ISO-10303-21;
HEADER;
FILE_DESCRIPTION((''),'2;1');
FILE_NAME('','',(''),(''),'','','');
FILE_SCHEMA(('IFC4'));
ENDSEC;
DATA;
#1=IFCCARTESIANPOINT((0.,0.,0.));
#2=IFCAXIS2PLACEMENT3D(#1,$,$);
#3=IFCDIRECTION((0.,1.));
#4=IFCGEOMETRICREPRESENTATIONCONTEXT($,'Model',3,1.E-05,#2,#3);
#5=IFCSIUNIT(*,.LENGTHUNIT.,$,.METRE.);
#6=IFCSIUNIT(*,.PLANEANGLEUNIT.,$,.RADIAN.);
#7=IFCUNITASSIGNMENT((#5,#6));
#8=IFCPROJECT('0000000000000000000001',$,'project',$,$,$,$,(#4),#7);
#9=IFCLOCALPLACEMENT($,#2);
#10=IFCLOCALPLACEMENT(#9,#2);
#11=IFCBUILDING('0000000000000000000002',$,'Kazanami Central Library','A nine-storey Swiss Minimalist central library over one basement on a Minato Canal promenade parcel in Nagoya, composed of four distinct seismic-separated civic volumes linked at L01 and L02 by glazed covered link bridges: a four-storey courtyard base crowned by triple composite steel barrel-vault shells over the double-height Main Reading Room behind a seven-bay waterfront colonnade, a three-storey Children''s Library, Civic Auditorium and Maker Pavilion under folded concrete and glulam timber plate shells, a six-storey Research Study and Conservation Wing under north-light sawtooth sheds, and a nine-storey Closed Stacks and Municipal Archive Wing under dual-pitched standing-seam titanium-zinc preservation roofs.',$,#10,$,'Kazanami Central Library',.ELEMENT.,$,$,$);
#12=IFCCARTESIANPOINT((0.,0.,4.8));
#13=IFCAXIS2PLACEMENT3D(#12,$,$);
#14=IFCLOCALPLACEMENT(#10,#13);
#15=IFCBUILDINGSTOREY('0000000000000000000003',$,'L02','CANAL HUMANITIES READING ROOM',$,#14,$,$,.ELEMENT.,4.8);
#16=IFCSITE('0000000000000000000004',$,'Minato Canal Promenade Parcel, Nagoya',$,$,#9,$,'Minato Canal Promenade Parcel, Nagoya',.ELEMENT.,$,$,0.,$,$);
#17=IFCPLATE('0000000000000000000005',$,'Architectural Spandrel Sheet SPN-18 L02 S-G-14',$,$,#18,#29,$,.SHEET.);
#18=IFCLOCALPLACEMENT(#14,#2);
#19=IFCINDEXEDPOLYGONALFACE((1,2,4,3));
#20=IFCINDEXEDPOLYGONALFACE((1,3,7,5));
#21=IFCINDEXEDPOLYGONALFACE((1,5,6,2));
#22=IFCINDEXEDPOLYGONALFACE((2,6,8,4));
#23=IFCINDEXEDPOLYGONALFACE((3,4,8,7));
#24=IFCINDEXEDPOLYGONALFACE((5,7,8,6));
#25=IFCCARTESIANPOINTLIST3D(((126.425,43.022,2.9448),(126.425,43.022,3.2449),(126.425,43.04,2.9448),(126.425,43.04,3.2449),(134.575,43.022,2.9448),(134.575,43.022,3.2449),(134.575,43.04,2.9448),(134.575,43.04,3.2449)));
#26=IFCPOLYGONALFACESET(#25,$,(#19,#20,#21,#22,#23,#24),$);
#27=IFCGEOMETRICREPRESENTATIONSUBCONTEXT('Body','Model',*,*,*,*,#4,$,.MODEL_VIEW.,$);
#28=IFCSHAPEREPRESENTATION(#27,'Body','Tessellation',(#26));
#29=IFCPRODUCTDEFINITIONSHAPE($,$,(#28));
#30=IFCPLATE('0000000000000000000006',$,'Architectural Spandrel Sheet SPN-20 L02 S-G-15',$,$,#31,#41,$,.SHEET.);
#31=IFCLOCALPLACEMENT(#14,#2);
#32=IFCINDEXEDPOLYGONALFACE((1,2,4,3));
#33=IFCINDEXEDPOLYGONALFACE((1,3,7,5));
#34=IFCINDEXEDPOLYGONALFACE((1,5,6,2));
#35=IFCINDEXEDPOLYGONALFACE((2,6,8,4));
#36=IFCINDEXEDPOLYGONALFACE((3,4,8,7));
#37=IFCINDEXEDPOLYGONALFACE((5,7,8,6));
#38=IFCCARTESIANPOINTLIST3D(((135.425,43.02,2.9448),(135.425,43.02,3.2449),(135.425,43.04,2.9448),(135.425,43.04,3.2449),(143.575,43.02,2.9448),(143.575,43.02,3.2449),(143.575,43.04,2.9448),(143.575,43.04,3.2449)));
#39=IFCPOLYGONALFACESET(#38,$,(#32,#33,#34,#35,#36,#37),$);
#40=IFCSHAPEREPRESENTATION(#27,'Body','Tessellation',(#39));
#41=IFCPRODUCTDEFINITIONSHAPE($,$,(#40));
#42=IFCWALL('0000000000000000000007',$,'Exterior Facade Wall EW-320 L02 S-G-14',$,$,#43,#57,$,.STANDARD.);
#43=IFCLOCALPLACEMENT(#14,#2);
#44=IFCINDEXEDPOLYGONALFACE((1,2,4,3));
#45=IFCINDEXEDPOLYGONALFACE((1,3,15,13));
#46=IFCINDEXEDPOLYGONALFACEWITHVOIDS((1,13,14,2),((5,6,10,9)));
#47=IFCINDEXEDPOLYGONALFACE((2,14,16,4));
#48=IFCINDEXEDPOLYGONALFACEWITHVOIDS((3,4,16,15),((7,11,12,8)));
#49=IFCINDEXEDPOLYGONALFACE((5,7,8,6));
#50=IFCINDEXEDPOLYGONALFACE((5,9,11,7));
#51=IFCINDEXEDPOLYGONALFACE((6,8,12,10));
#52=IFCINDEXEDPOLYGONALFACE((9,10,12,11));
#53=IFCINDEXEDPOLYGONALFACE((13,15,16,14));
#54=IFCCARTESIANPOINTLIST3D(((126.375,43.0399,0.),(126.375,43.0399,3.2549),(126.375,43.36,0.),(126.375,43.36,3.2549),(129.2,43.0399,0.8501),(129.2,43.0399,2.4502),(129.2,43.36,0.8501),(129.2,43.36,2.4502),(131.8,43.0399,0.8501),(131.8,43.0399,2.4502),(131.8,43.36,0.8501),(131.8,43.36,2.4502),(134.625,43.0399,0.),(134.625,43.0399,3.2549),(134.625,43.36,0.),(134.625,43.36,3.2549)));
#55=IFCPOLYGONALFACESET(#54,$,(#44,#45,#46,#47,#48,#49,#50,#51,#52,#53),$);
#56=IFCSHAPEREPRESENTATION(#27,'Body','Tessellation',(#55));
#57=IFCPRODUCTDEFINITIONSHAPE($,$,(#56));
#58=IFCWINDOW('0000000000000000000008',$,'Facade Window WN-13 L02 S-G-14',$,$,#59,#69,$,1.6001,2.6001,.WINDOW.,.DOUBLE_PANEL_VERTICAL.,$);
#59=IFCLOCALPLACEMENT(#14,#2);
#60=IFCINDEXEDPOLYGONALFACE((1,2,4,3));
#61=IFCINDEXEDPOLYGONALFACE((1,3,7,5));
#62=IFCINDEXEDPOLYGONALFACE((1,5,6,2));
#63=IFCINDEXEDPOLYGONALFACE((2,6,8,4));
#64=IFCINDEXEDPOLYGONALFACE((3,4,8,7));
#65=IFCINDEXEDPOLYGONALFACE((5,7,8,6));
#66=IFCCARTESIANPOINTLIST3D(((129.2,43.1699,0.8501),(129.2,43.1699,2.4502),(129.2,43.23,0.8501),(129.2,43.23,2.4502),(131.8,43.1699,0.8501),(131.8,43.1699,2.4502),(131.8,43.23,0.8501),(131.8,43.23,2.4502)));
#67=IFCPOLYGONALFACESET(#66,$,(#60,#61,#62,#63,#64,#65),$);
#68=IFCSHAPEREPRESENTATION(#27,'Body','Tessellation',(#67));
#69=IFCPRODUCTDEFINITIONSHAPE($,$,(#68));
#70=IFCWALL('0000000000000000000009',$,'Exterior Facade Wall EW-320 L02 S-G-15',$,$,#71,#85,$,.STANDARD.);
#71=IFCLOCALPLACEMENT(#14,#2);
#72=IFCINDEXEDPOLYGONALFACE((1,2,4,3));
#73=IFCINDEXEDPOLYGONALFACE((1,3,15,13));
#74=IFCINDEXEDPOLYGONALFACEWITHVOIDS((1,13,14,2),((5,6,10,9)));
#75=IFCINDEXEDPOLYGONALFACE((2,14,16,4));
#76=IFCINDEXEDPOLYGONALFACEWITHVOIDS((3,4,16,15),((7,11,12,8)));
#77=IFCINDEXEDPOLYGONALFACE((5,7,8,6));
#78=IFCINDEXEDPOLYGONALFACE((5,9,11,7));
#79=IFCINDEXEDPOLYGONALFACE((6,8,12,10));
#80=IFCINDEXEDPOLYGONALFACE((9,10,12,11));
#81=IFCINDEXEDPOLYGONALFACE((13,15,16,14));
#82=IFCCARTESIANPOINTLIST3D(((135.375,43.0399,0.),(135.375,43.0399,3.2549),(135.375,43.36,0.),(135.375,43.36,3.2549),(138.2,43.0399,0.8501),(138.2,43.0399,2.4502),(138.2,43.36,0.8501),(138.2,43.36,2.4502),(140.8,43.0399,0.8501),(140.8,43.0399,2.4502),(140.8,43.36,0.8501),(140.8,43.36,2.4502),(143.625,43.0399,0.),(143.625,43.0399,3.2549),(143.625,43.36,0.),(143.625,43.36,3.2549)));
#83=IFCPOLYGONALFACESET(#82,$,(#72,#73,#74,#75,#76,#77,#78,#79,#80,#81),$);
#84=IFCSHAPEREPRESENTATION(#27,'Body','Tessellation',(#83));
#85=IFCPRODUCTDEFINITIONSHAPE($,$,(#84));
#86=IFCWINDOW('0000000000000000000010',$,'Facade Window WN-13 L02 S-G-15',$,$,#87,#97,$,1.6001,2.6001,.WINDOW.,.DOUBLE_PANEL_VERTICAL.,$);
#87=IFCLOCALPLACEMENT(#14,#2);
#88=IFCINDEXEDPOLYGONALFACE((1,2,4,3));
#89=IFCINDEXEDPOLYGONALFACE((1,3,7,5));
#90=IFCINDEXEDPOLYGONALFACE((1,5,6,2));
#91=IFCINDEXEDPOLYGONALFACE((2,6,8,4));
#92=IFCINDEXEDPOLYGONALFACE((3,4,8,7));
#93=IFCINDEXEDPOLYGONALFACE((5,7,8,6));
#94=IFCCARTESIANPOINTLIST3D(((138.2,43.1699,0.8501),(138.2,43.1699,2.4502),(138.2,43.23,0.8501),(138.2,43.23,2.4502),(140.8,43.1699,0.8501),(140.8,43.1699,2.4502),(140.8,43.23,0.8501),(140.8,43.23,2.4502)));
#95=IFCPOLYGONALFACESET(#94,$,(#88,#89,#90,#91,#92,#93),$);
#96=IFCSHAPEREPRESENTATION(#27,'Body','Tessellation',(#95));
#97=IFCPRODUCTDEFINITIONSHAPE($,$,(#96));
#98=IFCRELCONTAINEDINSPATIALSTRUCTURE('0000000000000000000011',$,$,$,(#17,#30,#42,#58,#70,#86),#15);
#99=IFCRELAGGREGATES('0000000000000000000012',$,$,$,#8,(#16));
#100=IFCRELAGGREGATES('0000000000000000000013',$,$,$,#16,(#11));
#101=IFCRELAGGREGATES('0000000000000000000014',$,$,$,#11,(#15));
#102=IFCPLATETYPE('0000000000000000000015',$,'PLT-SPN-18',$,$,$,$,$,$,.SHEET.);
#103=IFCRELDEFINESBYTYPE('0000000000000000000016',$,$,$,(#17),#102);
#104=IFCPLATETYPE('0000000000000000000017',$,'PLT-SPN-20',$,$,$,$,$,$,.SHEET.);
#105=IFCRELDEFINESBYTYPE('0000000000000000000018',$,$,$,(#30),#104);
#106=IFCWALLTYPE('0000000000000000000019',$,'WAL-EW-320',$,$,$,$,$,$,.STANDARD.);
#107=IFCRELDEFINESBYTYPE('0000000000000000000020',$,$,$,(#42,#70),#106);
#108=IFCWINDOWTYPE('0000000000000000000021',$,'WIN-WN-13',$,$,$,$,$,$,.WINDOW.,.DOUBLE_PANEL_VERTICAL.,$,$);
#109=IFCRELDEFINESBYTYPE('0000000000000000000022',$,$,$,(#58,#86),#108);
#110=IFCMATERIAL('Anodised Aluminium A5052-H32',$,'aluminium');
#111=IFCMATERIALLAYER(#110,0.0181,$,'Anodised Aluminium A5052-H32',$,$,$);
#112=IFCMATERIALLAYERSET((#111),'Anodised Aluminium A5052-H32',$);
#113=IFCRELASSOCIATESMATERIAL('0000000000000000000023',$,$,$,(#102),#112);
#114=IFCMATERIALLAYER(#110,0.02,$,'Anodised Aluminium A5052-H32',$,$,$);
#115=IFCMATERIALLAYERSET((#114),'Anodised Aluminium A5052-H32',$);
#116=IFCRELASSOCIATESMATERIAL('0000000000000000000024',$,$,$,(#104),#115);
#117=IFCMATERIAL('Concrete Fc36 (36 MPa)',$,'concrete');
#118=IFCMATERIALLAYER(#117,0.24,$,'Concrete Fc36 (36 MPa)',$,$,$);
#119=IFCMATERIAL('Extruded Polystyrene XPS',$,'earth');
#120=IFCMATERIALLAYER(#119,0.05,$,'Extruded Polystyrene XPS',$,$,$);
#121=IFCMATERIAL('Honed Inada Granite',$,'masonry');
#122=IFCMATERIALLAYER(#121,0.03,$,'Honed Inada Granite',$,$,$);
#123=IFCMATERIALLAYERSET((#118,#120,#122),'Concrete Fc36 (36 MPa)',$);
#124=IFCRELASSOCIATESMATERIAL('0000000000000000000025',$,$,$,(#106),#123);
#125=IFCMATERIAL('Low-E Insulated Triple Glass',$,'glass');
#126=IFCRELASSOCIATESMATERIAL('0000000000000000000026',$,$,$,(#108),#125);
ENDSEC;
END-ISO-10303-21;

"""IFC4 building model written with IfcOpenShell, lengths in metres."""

from ifc_helpers import new_model, si_unit, direction, frame, frame_2d, origin, origin_2d, place, context, subcontext, project, spatial, rectangle, extrude, material, layer, layer_set, type_object, element, fill, save


model = new_model("IFC4")

# Units and contexts
model_context = context("Model", 3, precision=1e-05, world=origin(), true_north=direction((0.0, 1.0)))
body_context = subcontext(model_context, "Body", "Model", "MODEL_VIEW")
ifc_project = project(units=[si_unit("LENGTHUNIT", "METRE"), si_unit("PLANEANGLEUNIT", "RADIAN")], contexts=[model_context])

# Site, building, storey
site_placement = place(None, origin())
site = spatial("IfcSite", under=ifc_project, at=site_placement, Name="Minato Canal Promenade Parcel, Nagoya", LongName="Minato Canal Promenade Parcel, Nagoya", CompositionType="ELEMENT", RefElevation=0.0)
building_placement = place(site_placement, origin())
building = spatial("IfcBuilding", under=site, at=building_placement, Name="Kazanami Central Library", Description="A nine-storey Swiss Minimalist central library over one basement on a Minato Canal promenade parcel in Nagoya, composed of four distinct seismic-separated civic volumes linked at L01 and L02 by glazed covered link bridges: a four-storey courtyard base crowned by triple composite steel barrel-vault shells over the double-height Main Reading Room behind a seven-bay waterfront colonnade, a three-storey Children's Library, Civic Auditorium and Maker Pavilion under folded concrete and glulam timber plate shells, a six-storey Research Study and Conservation Wing under north-light sawtooth sheds, and a nine-storey Closed Stacks and Municipal Archive Wing under dual-pitched standing-seam titanium-zinc preservation roofs.", LongName="Kazanami Central Library", CompositionType="ELEMENT")
storey_placement = place(building_placement, frame((0.0, 0.0, 4.8)))
storey = spatial("IfcBuildingStorey", under=building, at=storey_placement, Name="L02", Description="CANAL HUMANITIES READING ROOM", CompositionType="ELEMENT", Elevation=4.8)

# Shared definitions
ifc_material_1 = material(Name="Anodised Aluminium A5052-H32", Category="aluminium")

# Plates
ifc_layer_1 = layer(ifc_material_1, 0.0181, Name="Anodised Aluminium A5052-H32")
ifc_layer_set_1 = layer_set([ifc_layer_1], Name="Anodised Aluminium A5052-H32")
plate_type_1 = type_object("IfcPlateType", Name="PLT-SPN-18", PredefinedType="SHEET", material=ifc_layer_set_1)
plate_1_placement = place(storey_placement, frame((130.5, 43.031, 2.9448), z_axis=(0.0, 0.0, 1.0), x_axis=(1.0, 0.0, 0.0)))
element("IfcPlate", 1, at=plate_1_placement, inside=storey, type_object=plate_type_1, Name="Architectural Spandrel Sheet SPN-18 L02 S-G-14", PredefinedType="SHEET", context=body_context, shape_type="SweptSolid", body=[
    extrude(rectangle(XDim=8.1499, YDim=0.0181, at=origin_2d()), origin(), (0.0, 0.0, 1.0), 0.3),
])
ifc_layer_2 = layer(ifc_material_1, 0.02, Name="Anodised Aluminium A5052-H32")
ifc_layer_set_2 = layer_set([ifc_layer_2], Name="Anodised Aluminium A5052-H32")
plate_type_2 = type_object("IfcPlateType", Name="PLT-SPN-20", PredefinedType="SHEET", material=ifc_layer_set_2)
plate_2_placement = place(storey_placement, frame((139.5, 43.03, 2.9448), z_axis=(0.0, 0.0, 1.0), x_axis=(1.0, 0.0, 0.0)))
element("IfcPlate", 2, at=plate_2_placement, inside=storey, type_object=plate_type_2, Name="Architectural Spandrel Sheet SPN-20 L02 S-G-15", PredefinedType="SHEET", context=body_context, shape_type="SweptSolid", body=[
    extrude(rectangle(XDim=8.1499, YDim=0.02, at=origin_2d()), origin(), (0.0, 0.0, 1.0), 0.3),
])

# Walls, openings, windows
ifc_material_2 = material(Name="Concrete Fc36 (36 MPa)", Category="concrete")
ifc_layer_3 = layer(ifc_material_2, 0.24, Name="Concrete Fc36 (36 MPa)")
ifc_material_3 = material(Name="Extruded Polystyrene XPS", Category="earth")
ifc_layer_4 = layer(ifc_material_3, 0.05, Name="Extruded Polystyrene XPS")
ifc_material_4 = material(Name="Honed Inada Granite", Category="masonry")
ifc_layer_5 = layer(ifc_material_4, 0.03, Name="Honed Inada Granite")
ifc_layer_set_3 = layer_set([ifc_layer_3, ifc_layer_4, ifc_layer_5], Name="Concrete Fc36 (36 MPa)")
wall_type = type_object("IfcWallType", Name="WAL-EW-320", PredefinedType="STANDARD", material=ifc_layer_set_3)
wall_1_placement = place(storey_placement, frame((126.375, 43.2, 0.0), z_axis=(0.0, 0.0, 1.0), x_axis=(1.0, 0.0, 0.0)))
wall_1 = element("IfcWall", 3, at=wall_1_placement, inside=storey, type_object=wall_type, Name="Exterior Facade Wall EW-320 L02 S-G-14", PredefinedType="STANDARD", context=body_context, shape_type="SweptSolid", body=[
    extrude(rectangle(XDim=8.25, YDim=0.3201, at=frame_2d((4.125, 0.0))), origin(), (0.0, 0.0, 1.0), 3.2549),
])
opening_1_placement = place(wall_1_placement, frame((2.825, 0.0, 0.8501)))
opening_1 = element("IfcOpeningElement", 4, at=opening_1_placement, cuts=wall_1, PredefinedType="OPENING", context=body_context, shape_type="SweptSolid", body=[
    extrude(rectangle(XDim=2.6001, YDim=1.6001, at=frame_2d((1.3, 0.8))), frame((0.0, 0.1719, 0.0), z_axis=(0.0, -1.0, 0.0), x_axis=(1.0, 0.0, 0.0)), (0.0, 0.0, 1.0), 0.344),
])
ifc_material_5 = material(Name="Low-E Insulated Triple Glass", Category="glass")
window_type = type_object("IfcWindowType", Name="WIN-WN-13", PartitioningType="DOUBLE_PANEL_VERTICAL", PredefinedType="WINDOW", material=ifc_material_5)
window_1_placement = place(opening_1_placement, origin())
window_1 = element("IfcWindow", 5, at=window_1_placement, inside=storey, type_object=window_type, Name="Facade Window WN-13 L02 S-G-14", OverallHeight=1.6001, OverallWidth=2.6001, PartitioningType="DOUBLE_PANEL_VERTICAL", PredefinedType="WINDOW", context=body_context, shape_type="SweptSolid", body=[
    extrude(rectangle(XDim=2.6001, YDim=1.6001, at=frame_2d((1.3, 0.8))), frame((0.0, 0.03, 0.0), z_axis=(0.0, -1.0, 0.0), x_axis=(1.0, 0.0, 0.0)), (0.0, 0.0, 1.0), 0.0601),
])
fill(opening_1, window_1)
wall_2_placement = place(storey_placement, frame((135.375, 43.2, 0.0), z_axis=(0.0, 0.0, 1.0), x_axis=(1.0, 0.0, 0.0)))
wall_2 = element("IfcWall", 6, at=wall_2_placement, inside=storey, type_object=wall_type, Name="Exterior Facade Wall EW-320 L02 S-G-15", PredefinedType="STANDARD", context=body_context, shape_type="SweptSolid", body=[
    extrude(rectangle(XDim=8.25, YDim=0.3201, at=frame_2d((4.125, 0.0))), origin(), (0.0, 0.0, 1.0), 3.2549),
])
opening_2_placement = place(wall_2_placement, frame((2.825, 0.0, 0.8501)))
opening_2 = element("IfcOpeningElement", 7, at=opening_2_placement, cuts=wall_2, PredefinedType="OPENING", context=body_context, shape_type="SweptSolid", body=[
    extrude(rectangle(XDim=2.6001, YDim=1.6001, at=frame_2d((1.3, 0.8))), frame((0.0, 0.1719, 0.0), z_axis=(0.0, -1.0, 0.0), x_axis=(1.0, 0.0, 0.0)), (0.0, 0.0, 1.0), 0.344),
])
window_2_placement = place(opening_2_placement, origin())
window_2 = element("IfcWindow", 8, at=window_2_placement, inside=storey, type_object=window_type, Name="Facade Window WN-13 L02 S-G-15", OverallHeight=1.6001, OverallWidth=2.6001, PartitioningType="DOUBLE_PANEL_VERTICAL", PredefinedType="WINDOW", context=body_context, shape_type="SweptSolid", body=[
    extrude(rectangle(XDim=2.6001, YDim=1.6001, at=frame_2d((1.3, 0.8))), frame((0.0, 0.03, 0.0), z_axis=(0.0, -1.0, 0.0), x_axis=(1.0, 0.0, 0.0)), (0.0, 0.0, 1.0), 0.0601),
])
fill(opening_2, window_2)

save(model, "model.ifc")
